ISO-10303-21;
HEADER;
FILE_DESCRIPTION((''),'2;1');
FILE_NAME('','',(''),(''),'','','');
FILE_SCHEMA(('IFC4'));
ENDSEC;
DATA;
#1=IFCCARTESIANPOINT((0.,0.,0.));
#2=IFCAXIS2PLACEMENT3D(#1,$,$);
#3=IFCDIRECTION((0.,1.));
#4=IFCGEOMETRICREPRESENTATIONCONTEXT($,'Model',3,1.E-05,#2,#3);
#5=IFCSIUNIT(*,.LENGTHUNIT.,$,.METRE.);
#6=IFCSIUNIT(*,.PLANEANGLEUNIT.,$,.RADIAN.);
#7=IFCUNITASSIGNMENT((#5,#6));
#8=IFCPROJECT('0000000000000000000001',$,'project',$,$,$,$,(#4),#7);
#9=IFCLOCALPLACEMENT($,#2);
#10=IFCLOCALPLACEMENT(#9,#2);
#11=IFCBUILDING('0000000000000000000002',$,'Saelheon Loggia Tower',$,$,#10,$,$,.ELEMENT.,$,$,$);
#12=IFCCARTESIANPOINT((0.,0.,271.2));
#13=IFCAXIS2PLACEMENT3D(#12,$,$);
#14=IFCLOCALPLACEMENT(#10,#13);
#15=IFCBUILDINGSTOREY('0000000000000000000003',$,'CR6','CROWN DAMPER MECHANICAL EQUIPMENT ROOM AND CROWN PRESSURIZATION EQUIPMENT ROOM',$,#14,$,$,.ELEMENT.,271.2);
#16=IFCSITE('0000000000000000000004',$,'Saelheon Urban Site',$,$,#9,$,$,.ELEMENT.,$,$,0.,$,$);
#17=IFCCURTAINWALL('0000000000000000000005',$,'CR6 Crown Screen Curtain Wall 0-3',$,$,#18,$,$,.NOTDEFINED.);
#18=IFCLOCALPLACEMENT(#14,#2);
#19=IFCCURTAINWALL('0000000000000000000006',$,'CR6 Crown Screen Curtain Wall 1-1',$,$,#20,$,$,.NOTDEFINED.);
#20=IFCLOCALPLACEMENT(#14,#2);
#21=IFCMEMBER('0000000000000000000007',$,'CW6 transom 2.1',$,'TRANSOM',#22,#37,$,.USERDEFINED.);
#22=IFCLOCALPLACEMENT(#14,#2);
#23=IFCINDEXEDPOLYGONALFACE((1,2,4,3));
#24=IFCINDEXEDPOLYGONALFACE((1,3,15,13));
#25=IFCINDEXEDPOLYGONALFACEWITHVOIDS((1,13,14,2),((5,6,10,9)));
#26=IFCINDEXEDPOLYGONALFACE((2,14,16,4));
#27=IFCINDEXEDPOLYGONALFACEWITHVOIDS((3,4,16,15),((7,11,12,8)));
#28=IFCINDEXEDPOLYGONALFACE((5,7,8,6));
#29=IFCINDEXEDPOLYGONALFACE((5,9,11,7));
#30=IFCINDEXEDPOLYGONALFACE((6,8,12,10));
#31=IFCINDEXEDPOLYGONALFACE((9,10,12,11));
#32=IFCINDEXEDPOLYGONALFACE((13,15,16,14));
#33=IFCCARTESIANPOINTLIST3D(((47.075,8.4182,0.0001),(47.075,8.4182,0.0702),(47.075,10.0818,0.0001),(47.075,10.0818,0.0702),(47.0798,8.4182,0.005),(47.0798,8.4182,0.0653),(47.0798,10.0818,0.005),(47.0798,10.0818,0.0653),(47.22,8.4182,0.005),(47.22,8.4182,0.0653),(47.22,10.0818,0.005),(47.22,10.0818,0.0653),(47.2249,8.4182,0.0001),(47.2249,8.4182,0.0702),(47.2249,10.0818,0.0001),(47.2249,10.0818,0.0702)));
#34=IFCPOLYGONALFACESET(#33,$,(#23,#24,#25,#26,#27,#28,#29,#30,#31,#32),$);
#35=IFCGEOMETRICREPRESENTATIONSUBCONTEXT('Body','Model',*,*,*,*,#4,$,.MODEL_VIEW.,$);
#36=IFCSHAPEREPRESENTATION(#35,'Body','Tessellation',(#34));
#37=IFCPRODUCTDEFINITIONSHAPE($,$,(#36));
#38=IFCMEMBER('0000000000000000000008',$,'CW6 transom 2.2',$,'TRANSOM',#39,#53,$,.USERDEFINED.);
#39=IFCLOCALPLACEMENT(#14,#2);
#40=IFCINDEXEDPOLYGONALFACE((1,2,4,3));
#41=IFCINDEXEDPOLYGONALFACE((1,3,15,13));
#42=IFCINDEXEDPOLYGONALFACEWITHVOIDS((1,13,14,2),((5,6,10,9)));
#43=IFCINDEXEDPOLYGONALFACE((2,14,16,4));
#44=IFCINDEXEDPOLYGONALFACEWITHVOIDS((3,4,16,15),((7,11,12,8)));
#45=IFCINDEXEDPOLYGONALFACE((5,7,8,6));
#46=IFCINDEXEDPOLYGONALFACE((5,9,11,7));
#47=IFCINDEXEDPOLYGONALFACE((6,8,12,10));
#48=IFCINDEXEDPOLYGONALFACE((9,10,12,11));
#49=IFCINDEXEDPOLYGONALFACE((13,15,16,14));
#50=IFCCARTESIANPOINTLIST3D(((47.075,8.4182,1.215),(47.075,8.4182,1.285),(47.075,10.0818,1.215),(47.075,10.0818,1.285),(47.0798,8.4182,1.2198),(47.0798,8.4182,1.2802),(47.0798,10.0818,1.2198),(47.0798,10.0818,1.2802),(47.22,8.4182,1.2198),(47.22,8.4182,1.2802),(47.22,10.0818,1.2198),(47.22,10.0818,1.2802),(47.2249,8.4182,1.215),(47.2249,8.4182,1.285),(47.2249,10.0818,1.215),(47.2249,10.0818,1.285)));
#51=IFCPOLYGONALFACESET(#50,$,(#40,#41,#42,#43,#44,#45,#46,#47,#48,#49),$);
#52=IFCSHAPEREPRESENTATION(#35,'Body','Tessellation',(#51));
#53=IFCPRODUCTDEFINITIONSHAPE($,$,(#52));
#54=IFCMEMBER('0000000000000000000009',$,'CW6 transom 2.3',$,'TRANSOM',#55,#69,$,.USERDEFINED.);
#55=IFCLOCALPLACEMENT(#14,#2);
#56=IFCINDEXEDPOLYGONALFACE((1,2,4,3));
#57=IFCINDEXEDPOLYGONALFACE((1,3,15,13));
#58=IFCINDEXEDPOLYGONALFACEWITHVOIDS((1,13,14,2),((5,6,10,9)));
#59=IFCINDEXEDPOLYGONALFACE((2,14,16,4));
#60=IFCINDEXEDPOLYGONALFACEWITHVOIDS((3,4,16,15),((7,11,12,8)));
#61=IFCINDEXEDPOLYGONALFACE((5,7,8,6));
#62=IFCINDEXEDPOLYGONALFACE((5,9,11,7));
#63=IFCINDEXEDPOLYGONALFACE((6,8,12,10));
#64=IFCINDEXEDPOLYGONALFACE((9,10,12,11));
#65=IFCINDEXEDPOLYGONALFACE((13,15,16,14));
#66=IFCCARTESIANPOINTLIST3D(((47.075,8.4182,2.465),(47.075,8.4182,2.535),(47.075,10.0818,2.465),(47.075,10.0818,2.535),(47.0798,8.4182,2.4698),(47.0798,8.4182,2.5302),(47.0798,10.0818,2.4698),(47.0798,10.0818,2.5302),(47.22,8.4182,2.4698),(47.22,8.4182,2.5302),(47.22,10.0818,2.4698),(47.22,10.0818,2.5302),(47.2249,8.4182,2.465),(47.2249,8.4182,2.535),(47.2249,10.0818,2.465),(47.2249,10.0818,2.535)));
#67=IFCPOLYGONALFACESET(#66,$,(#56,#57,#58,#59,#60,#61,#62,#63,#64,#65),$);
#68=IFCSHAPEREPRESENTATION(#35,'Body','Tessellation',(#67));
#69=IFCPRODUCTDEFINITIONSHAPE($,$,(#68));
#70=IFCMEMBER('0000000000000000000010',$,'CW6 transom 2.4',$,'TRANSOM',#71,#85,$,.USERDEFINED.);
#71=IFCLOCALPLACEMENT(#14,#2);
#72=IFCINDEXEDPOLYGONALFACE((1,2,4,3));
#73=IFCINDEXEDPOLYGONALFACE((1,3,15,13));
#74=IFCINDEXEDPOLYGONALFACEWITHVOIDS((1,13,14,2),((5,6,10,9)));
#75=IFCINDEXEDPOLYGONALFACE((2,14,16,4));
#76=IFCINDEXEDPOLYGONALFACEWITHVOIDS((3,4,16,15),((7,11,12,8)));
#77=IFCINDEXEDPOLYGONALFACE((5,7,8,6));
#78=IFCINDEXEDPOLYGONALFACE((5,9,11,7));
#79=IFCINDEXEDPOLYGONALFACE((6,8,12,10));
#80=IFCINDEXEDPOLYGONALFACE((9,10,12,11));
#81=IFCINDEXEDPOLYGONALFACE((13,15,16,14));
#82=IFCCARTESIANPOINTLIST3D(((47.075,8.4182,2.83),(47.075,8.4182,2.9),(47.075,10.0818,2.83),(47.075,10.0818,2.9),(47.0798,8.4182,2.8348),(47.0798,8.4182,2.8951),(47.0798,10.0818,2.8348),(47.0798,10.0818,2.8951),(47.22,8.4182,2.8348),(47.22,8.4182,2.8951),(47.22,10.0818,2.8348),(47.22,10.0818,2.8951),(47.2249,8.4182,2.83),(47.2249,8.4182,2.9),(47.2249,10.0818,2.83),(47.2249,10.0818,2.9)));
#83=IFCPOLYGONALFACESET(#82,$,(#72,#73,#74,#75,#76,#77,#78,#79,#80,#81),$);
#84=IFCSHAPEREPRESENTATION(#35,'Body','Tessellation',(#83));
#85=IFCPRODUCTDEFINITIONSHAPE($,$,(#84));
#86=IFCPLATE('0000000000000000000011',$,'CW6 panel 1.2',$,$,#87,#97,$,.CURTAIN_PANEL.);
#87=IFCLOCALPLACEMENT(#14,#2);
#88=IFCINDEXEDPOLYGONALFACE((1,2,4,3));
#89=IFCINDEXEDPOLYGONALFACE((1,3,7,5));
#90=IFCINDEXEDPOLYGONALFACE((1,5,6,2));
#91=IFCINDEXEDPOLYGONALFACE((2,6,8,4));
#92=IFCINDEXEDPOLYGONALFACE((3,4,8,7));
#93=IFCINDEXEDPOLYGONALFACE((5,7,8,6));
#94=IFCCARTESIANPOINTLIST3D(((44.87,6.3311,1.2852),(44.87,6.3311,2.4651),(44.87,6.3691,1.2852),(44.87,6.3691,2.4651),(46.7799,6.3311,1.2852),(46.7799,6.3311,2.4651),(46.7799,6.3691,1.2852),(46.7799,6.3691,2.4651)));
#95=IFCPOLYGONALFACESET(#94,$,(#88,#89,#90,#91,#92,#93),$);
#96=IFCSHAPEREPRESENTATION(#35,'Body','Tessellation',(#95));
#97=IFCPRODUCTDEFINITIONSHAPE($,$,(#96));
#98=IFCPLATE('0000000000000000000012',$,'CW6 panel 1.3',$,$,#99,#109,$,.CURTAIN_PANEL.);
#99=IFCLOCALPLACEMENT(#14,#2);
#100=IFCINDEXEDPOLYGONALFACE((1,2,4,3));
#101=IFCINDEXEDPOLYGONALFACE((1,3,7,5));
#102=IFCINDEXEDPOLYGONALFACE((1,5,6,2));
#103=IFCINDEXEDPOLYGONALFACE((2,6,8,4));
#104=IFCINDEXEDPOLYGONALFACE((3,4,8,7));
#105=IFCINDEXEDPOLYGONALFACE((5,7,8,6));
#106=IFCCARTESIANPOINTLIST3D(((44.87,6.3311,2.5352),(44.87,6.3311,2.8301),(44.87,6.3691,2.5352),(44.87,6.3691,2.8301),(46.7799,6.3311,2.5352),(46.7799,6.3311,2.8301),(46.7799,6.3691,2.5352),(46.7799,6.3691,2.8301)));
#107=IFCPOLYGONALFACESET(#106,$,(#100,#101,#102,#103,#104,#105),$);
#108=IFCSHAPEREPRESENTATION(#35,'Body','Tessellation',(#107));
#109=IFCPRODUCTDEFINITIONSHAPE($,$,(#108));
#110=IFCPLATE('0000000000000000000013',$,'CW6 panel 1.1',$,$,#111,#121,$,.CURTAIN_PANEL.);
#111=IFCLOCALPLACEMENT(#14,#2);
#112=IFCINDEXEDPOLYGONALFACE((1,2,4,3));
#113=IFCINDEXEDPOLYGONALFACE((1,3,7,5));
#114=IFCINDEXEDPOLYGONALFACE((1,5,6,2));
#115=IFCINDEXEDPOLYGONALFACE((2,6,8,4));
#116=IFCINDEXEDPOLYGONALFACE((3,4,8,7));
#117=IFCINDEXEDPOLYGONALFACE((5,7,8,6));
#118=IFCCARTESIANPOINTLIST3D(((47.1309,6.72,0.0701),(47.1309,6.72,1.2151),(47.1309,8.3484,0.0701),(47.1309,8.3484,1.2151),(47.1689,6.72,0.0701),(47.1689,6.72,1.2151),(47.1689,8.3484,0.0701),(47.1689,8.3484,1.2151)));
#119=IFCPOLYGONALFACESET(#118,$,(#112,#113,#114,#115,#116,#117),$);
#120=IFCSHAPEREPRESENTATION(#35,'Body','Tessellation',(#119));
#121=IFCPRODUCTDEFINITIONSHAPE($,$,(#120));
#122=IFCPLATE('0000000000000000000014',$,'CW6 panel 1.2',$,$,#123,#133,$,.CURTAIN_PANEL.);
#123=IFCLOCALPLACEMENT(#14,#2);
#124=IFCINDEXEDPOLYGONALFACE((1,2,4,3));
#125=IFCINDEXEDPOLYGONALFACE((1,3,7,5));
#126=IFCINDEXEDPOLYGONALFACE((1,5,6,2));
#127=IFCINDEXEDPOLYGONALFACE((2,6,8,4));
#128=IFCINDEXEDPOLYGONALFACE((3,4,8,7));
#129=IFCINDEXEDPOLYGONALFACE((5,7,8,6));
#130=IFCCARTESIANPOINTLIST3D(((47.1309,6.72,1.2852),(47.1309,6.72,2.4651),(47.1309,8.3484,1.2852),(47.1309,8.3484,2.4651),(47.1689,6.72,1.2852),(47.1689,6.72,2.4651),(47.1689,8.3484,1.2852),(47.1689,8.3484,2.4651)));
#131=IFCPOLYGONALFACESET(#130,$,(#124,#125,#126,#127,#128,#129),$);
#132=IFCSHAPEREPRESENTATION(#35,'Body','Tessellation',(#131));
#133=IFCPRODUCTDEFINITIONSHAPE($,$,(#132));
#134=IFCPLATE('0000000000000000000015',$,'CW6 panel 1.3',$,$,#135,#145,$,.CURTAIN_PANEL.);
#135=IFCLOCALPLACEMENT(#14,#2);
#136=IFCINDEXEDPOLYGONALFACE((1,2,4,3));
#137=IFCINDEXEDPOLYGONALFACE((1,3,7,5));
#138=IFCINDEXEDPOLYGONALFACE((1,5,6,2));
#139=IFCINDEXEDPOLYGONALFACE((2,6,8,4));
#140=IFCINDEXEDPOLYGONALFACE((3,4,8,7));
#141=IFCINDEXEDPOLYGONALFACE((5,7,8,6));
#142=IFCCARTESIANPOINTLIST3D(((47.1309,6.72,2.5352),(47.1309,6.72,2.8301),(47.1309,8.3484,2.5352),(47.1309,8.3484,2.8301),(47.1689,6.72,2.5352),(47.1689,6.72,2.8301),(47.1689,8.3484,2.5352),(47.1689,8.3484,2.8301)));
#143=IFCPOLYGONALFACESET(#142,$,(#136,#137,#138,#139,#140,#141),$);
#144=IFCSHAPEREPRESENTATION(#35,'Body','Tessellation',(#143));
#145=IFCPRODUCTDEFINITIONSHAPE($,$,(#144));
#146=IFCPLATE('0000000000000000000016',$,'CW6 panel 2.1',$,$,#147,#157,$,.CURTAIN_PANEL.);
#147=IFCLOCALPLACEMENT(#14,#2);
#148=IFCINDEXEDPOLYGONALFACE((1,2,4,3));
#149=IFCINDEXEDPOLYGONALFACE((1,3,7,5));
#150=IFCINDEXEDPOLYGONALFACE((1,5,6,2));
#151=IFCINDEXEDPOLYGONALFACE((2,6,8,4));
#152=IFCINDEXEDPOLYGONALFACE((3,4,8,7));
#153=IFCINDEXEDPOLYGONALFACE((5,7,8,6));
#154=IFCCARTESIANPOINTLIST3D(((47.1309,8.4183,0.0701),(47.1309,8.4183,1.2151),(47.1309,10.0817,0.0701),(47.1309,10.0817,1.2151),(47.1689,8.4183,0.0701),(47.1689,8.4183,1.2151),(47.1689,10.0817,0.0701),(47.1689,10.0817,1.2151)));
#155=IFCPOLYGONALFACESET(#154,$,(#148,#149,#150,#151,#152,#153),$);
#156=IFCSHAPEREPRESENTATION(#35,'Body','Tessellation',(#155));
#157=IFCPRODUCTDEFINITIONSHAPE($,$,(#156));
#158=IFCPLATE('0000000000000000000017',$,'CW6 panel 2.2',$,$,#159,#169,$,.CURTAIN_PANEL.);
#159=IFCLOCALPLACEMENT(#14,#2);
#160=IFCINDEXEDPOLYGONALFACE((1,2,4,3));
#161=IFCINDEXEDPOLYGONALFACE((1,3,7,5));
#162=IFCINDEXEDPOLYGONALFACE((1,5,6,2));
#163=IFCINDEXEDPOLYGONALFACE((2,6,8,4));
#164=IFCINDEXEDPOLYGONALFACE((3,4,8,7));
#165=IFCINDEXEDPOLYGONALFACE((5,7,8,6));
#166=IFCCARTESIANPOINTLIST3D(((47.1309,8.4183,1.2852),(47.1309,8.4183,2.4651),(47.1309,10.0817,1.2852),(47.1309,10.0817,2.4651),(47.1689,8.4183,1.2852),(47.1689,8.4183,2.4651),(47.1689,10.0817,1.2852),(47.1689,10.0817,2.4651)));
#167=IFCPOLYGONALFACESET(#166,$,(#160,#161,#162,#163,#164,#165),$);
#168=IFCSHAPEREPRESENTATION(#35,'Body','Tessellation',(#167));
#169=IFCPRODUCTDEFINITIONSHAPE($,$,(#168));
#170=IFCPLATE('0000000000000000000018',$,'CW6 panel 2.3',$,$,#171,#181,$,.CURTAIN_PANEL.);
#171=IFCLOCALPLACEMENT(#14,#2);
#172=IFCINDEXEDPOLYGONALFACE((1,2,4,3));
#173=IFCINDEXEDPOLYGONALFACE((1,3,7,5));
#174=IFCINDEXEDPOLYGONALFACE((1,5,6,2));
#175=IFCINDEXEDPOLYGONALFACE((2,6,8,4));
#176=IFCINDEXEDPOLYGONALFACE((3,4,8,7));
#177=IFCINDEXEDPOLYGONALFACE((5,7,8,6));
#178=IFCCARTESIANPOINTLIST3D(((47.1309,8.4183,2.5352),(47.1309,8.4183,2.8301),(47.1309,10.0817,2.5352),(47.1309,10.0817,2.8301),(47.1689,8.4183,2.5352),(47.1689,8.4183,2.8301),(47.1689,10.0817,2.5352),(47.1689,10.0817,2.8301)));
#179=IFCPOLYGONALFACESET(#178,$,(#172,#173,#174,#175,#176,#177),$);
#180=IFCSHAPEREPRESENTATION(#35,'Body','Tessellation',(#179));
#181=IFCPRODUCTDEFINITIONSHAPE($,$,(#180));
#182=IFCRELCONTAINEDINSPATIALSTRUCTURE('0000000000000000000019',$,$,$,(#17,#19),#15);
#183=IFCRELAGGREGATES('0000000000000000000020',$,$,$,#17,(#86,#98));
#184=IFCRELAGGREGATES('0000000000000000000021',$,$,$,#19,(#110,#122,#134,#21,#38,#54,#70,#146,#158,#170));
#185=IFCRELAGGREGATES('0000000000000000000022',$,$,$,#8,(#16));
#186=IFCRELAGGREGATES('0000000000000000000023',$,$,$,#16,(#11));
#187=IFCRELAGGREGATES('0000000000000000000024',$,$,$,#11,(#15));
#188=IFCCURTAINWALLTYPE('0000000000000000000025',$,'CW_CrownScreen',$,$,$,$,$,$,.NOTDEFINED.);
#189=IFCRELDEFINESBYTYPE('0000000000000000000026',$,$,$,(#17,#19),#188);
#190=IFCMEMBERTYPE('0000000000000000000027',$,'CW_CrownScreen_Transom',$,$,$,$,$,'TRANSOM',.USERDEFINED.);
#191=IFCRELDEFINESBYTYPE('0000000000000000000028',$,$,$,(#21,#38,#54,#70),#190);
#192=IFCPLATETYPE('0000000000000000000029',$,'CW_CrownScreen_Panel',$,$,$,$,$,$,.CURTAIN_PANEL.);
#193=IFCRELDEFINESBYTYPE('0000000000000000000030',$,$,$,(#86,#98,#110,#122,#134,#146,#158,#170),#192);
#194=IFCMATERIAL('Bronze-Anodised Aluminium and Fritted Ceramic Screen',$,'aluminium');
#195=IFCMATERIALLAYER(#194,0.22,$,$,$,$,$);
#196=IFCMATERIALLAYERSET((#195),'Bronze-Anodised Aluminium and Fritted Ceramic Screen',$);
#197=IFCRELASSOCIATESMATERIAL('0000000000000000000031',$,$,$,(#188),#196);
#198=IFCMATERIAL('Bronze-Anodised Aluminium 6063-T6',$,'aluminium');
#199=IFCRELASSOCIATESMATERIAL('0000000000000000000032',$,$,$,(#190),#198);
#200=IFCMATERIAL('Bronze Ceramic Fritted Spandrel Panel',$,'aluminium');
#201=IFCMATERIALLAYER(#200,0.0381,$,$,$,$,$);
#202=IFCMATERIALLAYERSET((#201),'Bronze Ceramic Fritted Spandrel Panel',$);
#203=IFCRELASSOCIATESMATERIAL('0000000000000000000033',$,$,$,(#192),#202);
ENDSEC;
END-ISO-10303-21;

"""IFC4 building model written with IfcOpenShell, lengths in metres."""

from ifc_helpers import new_model, si_unit, direction, frame, origin, origin_2d, place, context, subcontext, project, spatial, rectangle, hollow_rectangle, extrude, source, transform, mapped, material, layer, layer_set, material_profile, profile_set, type_object, element, aggregate, save


model = new_model("IFC4")

# Units and contexts
model_context = context("Model", 3, precision=1e-05, world=origin(), true_north=direction((0.0, 1.0)))
body_context = subcontext(model_context, "Body", "Model", "MODEL_VIEW")
ifc_project = project(units=[si_unit("LENGTHUNIT", "METRE"), si_unit("PLANEANGLEUNIT", "RADIAN")], contexts=[model_context])

# Site, building, storey
site_placement = place(None, origin())
site = spatial("IfcSite", under=ifc_project, at=site_placement, Name="Saelheon Urban Site", CompositionType="ELEMENT", RefElevation=0.0)
building_placement = place(site_placement, origin())
building = spatial("IfcBuilding", under=site, at=building_placement, Name="Saelheon Loggia Tower", CompositionType="ELEMENT")
storey_placement = place(building_placement, frame((0.0, 0.0, 271.2)))
storey = spatial("IfcBuildingStorey", under=building, at=storey_placement, Name="CR6", Description="CROWN DAMPER MECHANICAL EQUIPMENT ROOM AND CROWN PRESSURIZATION EQUIPMENT ROOM", CompositionType="ELEMENT", Elevation=271.2)

# Curtain wall
ifc_material_1 = material(Name="Bronze-Anodised Aluminium and Fritted Ceramic Screen", Category="aluminium")
ifc_layer_1 = layer(ifc_material_1, 0.22)
ifc_layer_set_1 = layer_set([ifc_layer_1], Name="Bronze-Anodised Aluminium and Fritted Ceramic Screen")
curtain_wall_type = type_object("IfcCurtainWallType", Name="CW_CrownScreen", PredefinedType="NOTDEFINED", material=ifc_layer_set_1)
curtain_wall_1_placement = place(storey_placement, origin())
curtain_wall_1 = element("IfcCurtainWall", 1, at=curtain_wall_1_placement, inside=storey, type_object=curtain_wall_type, Name="CR6 Crown Screen Curtain Wall 0-3", PredefinedType="NOTDEFINED")
ifc_material_2 = material(Name="Bronze-Anodised Aluminium 6063-T6", Category="aluminium")

# Curtain wall, members
curtain_wall_2_placement = place(storey_placement, origin())
curtain_wall_2 = element("IfcCurtainWall", 2, at=curtain_wall_2_placement, inside=storey, type_object=curtain_wall_type, Name="CR6 Crown Screen Curtain Wall 1-1", PredefinedType="NOTDEFINED")
ifc_material_profile_1 = material_profile(ifc_material_2, hollow_rectangle(XDim=0.0701, YDim=0.1499, WallThickness=0.0049, at=origin_2d()), Name="RHS-150x70x5")
ifc_profile_set_1 = profile_set([ifc_material_profile_1], Name="Bronze-Anodised Aluminium 6063-T6")
member_type_1 = type_object("IfcMemberType", Name="CW_CrownScreen_Transom", ElementType="TRANSOM", PredefinedType="USERDEFINED", material=ifc_profile_set_1)
shared_shape_1 = source(origin(), body_context, "Body", "SweptSolid", [
    extrude(hollow_rectangle(XDim=0.0701, YDim=0.1499, WallThickness=0.0049, at=origin_2d()), origin(), (0.0, 0.0, 1.0), 1.6636),
])
member_1_placement = place(storey_placement, frame((47.1499, 8.4182, 0.0352), z_axis=(0.0, 1.0, 0.0), x_axis=(0.0, 0.0, 1.0)))
member_1 = element("IfcMember", 3, at=member_1_placement, type_object=member_type_1, Name="CW6 transom 2.1", ObjectType="TRANSOM", PredefinedType="USERDEFINED", context=body_context, shape_type="MappedRepresentation", body=[
    mapped(shared_shape_1, transform((0.0, 0.0, 0.0), scale=1.0)),
])
member_2_placement = place(storey_placement, frame((47.1499, 8.4182, 1.25), z_axis=(0.0, 1.0, 0.0), x_axis=(0.0, 0.0, 1.0)))
member_2 = element("IfcMember", 4, at=member_2_placement, type_object=member_type_1, Name="CW6 transom 2.2", ObjectType="TRANSOM", PredefinedType="USERDEFINED", context=body_context, shape_type="MappedRepresentation", body=[
    mapped(shared_shape_1, transform((0.0, 0.0, 0.0), scale=1.0)),
])
member_3_placement = place(storey_placement, frame((47.1499, 8.4182, 2.5), z_axis=(0.0, 1.0, 0.0), x_axis=(0.0, 0.0, 1.0)))
member_3 = element("IfcMember", 5, at=member_3_placement, type_object=member_type_1, Name="CW6 transom 2.3", ObjectType="TRANSOM", PredefinedType="USERDEFINED", context=body_context, shape_type="MappedRepresentation", body=[
    mapped(shared_shape_1, transform((0.0, 0.0, 0.0), scale=1.0)),
])
member_4_placement = place(storey_placement, frame((47.1499, 8.4182, 2.865), z_axis=(0.0, 1.0, 0.0), x_axis=(0.0, 0.0, 1.0)))
member_4 = element("IfcMember", 6, at=member_4_placement, type_object=member_type_1, Name="CW6 transom 2.4", ObjectType="TRANSOM", PredefinedType="USERDEFINED", context=body_context, shape_type="MappedRepresentation", body=[
    mapped(shared_shape_1, transform((0.0, 0.0, 0.0), scale=1.0)),
])

# Plates
ifc_material_3 = material(Name="Bronze Ceramic Fritted Spandrel Panel", Category="aluminium")
ifc_layer_2 = layer(ifc_material_3, 0.0381)
ifc_layer_set_2 = layer_set([ifc_layer_2], Name="Bronze Ceramic Fritted Spandrel Panel")
plate_type = type_object("IfcPlateType", Name="CW_CrownScreen_Panel", PredefinedType="CURTAIN_PANEL", material=ifc_layer_set_2)
shared_shape_2 = source(origin(), body_context, "Body", "SweptSolid", [
    extrude(rectangle(XDim=1.9099, YDim=0.0381, at=origin_2d()), origin(), (0.0, 0.0, 1.0), 1.1799),
])
plate_1_placement = place(storey_placement, frame((45.825, 6.3501, 1.2852), z_axis=(0.0, 0.0, 1.0), x_axis=(1.0, 0.0, 0.0)))
plate_1 = element("IfcPlate", 7, at=plate_1_placement, type_object=plate_type, Name="CW6 panel 1.2", PredefinedType="CURTAIN_PANEL", context=body_context, shape_type="MappedRepresentation", body=[
    mapped(shared_shape_2, transform((0.0, 0.0, 0.0), scale=1.0)),
])
shared_shape_3 = source(origin(), body_context, "Body", "SweptSolid", [
    extrude(rectangle(XDim=1.9099, YDim=0.0381, at=origin_2d()), origin(), (0.0, 0.0, 1.0), 0.2949),
])
plate_2_placement = place(storey_placement, frame((45.825, 6.3501, 2.5352), z_axis=(0.0, 0.0, 1.0), x_axis=(1.0, 0.0, 0.0)))
plate_2 = element("IfcPlate", 8, at=plate_2_placement, type_object=plate_type, Name="CW6 panel 1.3", PredefinedType="CURTAIN_PANEL", context=body_context, shape_type="MappedRepresentation", body=[
    mapped(shared_shape_3, transform((0.0, 0.0, 0.0), scale=1.0)),
])
aggregate(curtain_wall_1, [plate_1, plate_2])
shared_shape_4 = source(origin(), body_context, "Body", "SweptSolid", [
    extrude(rectangle(XDim=1.6284, YDim=0.0381, at=origin_2d()), origin(), (0.0, 0.0, 1.0), 1.145),
])
plate_3_placement = place(storey_placement, frame((47.1499, 7.5342, 0.0701), z_axis=(0.0, 0.0, 1.0), x_axis=(0.0, 1.0, 0.0)))
plate_3 = element("IfcPlate", 9, at=plate_3_placement, type_object=plate_type, Name="CW6 panel 1.1", PredefinedType="CURTAIN_PANEL", context=body_context, shape_type="MappedRepresentation", body=[
    mapped(shared_shape_4, transform((0.0, 0.0, 0.0), scale=1.0)),
])
shared_shape_5 = source(origin(), body_context, "Body", "SweptSolid", [
    extrude(rectangle(XDim=1.6284, YDim=0.0381, at=origin_2d()), origin(), (0.0, 0.0, 1.0), 1.1799),
])
plate_4_placement = place(storey_placement, frame((47.1499, 7.5342, 1.2852), z_axis=(0.0, 0.0, 1.0), x_axis=(0.0, 1.0, 0.0)))
plate_4 = element("IfcPlate", 10, at=plate_4_placement, type_object=plate_type, Name="CW6 panel 1.2", PredefinedType="CURTAIN_PANEL", context=body_context, shape_type="MappedRepresentation", body=[
    mapped(shared_shape_5, transform((0.0, 0.0, 0.0), scale=1.0)),
])
shared_shape_6 = source(origin(), body_context, "Body", "SweptSolid", [
    extrude(rectangle(XDim=1.6284, YDim=0.0381, at=origin_2d()), origin(), (0.0, 0.0, 1.0), 0.2949),
])
plate_5_placement = place(storey_placement, frame((47.1499, 7.5342, 2.5352), z_axis=(0.0, 0.0, 1.0), x_axis=(0.0, 1.0, 0.0)))
plate_5 = element("IfcPlate", 11, at=plate_5_placement, type_object=plate_type, Name="CW6 panel 1.3", PredefinedType="CURTAIN_PANEL", context=body_context, shape_type="MappedRepresentation", body=[
    mapped(shared_shape_6, transform((0.0, 0.0, 0.0), scale=1.0)),
])
shared_shape_7 = source(origin(), body_context, "Body", "SweptSolid", [
    extrude(rectangle(XDim=1.6633, YDim=0.0381, at=origin_2d()), origin(), (0.0, 0.0, 1.0), 1.145),
])
plate_6_placement = place(storey_placement, frame((47.1499, 9.25, 0.0701), z_axis=(0.0, 0.0, 1.0), x_axis=(0.0, 1.0, 0.0)))
plate_6 = element("IfcPlate", 12, at=plate_6_placement, type_object=plate_type, Name="CW6 panel 2.1", PredefinedType="CURTAIN_PANEL", context=body_context, shape_type="MappedRepresentation", body=[
    mapped(shared_shape_7, transform((0.0, 0.0, 0.0), scale=1.0)),
])
shared_shape_8 = source(origin(), body_context, "Body", "SweptSolid", [
    extrude(rectangle(XDim=1.6633, YDim=0.0381, at=origin_2d()), origin(), (0.0, 0.0, 1.0), 1.1799),
])
plate_7_placement = place(storey_placement, frame((47.1499, 9.25, 1.2852), z_axis=(0.0, 0.0, 1.0), x_axis=(0.0, 1.0, 0.0)))
plate_7 = element("IfcPlate", 13, at=plate_7_placement, type_object=plate_type, Name="CW6 panel 2.2", PredefinedType="CURTAIN_PANEL", context=body_context, shape_type="MappedRepresentation", body=[
    mapped(shared_shape_8, transform((0.0, 0.0, 0.0), scale=1.0)),
])
shared_shape_9 = source(origin(), body_context, "Body", "SweptSolid", [
    extrude(rectangle(XDim=1.6633, YDim=0.0381, at=origin_2d()), origin(), (0.0, 0.0, 1.0), 0.2949),
])
plate_8_placement = place(storey_placement, frame((47.1499, 9.25, 2.5352), z_axis=(0.0, 0.0, 1.0), x_axis=(0.0, 1.0, 0.0)))
plate_8 = element("IfcPlate", 14, at=plate_8_placement, type_object=plate_type, Name="CW6 panel 2.3", PredefinedType="CURTAIN_PANEL", context=body_context, shape_type="MappedRepresentation", body=[
    mapped(shared_shape_9, transform((0.0, 0.0, 0.0), scale=1.0)),
])
aggregate(curtain_wall_2, [plate_3, plate_4, plate_5, member_1, member_2, member_3, member_4, plate_6, plate_7, plate_8])

save(model, "model.ifc")
